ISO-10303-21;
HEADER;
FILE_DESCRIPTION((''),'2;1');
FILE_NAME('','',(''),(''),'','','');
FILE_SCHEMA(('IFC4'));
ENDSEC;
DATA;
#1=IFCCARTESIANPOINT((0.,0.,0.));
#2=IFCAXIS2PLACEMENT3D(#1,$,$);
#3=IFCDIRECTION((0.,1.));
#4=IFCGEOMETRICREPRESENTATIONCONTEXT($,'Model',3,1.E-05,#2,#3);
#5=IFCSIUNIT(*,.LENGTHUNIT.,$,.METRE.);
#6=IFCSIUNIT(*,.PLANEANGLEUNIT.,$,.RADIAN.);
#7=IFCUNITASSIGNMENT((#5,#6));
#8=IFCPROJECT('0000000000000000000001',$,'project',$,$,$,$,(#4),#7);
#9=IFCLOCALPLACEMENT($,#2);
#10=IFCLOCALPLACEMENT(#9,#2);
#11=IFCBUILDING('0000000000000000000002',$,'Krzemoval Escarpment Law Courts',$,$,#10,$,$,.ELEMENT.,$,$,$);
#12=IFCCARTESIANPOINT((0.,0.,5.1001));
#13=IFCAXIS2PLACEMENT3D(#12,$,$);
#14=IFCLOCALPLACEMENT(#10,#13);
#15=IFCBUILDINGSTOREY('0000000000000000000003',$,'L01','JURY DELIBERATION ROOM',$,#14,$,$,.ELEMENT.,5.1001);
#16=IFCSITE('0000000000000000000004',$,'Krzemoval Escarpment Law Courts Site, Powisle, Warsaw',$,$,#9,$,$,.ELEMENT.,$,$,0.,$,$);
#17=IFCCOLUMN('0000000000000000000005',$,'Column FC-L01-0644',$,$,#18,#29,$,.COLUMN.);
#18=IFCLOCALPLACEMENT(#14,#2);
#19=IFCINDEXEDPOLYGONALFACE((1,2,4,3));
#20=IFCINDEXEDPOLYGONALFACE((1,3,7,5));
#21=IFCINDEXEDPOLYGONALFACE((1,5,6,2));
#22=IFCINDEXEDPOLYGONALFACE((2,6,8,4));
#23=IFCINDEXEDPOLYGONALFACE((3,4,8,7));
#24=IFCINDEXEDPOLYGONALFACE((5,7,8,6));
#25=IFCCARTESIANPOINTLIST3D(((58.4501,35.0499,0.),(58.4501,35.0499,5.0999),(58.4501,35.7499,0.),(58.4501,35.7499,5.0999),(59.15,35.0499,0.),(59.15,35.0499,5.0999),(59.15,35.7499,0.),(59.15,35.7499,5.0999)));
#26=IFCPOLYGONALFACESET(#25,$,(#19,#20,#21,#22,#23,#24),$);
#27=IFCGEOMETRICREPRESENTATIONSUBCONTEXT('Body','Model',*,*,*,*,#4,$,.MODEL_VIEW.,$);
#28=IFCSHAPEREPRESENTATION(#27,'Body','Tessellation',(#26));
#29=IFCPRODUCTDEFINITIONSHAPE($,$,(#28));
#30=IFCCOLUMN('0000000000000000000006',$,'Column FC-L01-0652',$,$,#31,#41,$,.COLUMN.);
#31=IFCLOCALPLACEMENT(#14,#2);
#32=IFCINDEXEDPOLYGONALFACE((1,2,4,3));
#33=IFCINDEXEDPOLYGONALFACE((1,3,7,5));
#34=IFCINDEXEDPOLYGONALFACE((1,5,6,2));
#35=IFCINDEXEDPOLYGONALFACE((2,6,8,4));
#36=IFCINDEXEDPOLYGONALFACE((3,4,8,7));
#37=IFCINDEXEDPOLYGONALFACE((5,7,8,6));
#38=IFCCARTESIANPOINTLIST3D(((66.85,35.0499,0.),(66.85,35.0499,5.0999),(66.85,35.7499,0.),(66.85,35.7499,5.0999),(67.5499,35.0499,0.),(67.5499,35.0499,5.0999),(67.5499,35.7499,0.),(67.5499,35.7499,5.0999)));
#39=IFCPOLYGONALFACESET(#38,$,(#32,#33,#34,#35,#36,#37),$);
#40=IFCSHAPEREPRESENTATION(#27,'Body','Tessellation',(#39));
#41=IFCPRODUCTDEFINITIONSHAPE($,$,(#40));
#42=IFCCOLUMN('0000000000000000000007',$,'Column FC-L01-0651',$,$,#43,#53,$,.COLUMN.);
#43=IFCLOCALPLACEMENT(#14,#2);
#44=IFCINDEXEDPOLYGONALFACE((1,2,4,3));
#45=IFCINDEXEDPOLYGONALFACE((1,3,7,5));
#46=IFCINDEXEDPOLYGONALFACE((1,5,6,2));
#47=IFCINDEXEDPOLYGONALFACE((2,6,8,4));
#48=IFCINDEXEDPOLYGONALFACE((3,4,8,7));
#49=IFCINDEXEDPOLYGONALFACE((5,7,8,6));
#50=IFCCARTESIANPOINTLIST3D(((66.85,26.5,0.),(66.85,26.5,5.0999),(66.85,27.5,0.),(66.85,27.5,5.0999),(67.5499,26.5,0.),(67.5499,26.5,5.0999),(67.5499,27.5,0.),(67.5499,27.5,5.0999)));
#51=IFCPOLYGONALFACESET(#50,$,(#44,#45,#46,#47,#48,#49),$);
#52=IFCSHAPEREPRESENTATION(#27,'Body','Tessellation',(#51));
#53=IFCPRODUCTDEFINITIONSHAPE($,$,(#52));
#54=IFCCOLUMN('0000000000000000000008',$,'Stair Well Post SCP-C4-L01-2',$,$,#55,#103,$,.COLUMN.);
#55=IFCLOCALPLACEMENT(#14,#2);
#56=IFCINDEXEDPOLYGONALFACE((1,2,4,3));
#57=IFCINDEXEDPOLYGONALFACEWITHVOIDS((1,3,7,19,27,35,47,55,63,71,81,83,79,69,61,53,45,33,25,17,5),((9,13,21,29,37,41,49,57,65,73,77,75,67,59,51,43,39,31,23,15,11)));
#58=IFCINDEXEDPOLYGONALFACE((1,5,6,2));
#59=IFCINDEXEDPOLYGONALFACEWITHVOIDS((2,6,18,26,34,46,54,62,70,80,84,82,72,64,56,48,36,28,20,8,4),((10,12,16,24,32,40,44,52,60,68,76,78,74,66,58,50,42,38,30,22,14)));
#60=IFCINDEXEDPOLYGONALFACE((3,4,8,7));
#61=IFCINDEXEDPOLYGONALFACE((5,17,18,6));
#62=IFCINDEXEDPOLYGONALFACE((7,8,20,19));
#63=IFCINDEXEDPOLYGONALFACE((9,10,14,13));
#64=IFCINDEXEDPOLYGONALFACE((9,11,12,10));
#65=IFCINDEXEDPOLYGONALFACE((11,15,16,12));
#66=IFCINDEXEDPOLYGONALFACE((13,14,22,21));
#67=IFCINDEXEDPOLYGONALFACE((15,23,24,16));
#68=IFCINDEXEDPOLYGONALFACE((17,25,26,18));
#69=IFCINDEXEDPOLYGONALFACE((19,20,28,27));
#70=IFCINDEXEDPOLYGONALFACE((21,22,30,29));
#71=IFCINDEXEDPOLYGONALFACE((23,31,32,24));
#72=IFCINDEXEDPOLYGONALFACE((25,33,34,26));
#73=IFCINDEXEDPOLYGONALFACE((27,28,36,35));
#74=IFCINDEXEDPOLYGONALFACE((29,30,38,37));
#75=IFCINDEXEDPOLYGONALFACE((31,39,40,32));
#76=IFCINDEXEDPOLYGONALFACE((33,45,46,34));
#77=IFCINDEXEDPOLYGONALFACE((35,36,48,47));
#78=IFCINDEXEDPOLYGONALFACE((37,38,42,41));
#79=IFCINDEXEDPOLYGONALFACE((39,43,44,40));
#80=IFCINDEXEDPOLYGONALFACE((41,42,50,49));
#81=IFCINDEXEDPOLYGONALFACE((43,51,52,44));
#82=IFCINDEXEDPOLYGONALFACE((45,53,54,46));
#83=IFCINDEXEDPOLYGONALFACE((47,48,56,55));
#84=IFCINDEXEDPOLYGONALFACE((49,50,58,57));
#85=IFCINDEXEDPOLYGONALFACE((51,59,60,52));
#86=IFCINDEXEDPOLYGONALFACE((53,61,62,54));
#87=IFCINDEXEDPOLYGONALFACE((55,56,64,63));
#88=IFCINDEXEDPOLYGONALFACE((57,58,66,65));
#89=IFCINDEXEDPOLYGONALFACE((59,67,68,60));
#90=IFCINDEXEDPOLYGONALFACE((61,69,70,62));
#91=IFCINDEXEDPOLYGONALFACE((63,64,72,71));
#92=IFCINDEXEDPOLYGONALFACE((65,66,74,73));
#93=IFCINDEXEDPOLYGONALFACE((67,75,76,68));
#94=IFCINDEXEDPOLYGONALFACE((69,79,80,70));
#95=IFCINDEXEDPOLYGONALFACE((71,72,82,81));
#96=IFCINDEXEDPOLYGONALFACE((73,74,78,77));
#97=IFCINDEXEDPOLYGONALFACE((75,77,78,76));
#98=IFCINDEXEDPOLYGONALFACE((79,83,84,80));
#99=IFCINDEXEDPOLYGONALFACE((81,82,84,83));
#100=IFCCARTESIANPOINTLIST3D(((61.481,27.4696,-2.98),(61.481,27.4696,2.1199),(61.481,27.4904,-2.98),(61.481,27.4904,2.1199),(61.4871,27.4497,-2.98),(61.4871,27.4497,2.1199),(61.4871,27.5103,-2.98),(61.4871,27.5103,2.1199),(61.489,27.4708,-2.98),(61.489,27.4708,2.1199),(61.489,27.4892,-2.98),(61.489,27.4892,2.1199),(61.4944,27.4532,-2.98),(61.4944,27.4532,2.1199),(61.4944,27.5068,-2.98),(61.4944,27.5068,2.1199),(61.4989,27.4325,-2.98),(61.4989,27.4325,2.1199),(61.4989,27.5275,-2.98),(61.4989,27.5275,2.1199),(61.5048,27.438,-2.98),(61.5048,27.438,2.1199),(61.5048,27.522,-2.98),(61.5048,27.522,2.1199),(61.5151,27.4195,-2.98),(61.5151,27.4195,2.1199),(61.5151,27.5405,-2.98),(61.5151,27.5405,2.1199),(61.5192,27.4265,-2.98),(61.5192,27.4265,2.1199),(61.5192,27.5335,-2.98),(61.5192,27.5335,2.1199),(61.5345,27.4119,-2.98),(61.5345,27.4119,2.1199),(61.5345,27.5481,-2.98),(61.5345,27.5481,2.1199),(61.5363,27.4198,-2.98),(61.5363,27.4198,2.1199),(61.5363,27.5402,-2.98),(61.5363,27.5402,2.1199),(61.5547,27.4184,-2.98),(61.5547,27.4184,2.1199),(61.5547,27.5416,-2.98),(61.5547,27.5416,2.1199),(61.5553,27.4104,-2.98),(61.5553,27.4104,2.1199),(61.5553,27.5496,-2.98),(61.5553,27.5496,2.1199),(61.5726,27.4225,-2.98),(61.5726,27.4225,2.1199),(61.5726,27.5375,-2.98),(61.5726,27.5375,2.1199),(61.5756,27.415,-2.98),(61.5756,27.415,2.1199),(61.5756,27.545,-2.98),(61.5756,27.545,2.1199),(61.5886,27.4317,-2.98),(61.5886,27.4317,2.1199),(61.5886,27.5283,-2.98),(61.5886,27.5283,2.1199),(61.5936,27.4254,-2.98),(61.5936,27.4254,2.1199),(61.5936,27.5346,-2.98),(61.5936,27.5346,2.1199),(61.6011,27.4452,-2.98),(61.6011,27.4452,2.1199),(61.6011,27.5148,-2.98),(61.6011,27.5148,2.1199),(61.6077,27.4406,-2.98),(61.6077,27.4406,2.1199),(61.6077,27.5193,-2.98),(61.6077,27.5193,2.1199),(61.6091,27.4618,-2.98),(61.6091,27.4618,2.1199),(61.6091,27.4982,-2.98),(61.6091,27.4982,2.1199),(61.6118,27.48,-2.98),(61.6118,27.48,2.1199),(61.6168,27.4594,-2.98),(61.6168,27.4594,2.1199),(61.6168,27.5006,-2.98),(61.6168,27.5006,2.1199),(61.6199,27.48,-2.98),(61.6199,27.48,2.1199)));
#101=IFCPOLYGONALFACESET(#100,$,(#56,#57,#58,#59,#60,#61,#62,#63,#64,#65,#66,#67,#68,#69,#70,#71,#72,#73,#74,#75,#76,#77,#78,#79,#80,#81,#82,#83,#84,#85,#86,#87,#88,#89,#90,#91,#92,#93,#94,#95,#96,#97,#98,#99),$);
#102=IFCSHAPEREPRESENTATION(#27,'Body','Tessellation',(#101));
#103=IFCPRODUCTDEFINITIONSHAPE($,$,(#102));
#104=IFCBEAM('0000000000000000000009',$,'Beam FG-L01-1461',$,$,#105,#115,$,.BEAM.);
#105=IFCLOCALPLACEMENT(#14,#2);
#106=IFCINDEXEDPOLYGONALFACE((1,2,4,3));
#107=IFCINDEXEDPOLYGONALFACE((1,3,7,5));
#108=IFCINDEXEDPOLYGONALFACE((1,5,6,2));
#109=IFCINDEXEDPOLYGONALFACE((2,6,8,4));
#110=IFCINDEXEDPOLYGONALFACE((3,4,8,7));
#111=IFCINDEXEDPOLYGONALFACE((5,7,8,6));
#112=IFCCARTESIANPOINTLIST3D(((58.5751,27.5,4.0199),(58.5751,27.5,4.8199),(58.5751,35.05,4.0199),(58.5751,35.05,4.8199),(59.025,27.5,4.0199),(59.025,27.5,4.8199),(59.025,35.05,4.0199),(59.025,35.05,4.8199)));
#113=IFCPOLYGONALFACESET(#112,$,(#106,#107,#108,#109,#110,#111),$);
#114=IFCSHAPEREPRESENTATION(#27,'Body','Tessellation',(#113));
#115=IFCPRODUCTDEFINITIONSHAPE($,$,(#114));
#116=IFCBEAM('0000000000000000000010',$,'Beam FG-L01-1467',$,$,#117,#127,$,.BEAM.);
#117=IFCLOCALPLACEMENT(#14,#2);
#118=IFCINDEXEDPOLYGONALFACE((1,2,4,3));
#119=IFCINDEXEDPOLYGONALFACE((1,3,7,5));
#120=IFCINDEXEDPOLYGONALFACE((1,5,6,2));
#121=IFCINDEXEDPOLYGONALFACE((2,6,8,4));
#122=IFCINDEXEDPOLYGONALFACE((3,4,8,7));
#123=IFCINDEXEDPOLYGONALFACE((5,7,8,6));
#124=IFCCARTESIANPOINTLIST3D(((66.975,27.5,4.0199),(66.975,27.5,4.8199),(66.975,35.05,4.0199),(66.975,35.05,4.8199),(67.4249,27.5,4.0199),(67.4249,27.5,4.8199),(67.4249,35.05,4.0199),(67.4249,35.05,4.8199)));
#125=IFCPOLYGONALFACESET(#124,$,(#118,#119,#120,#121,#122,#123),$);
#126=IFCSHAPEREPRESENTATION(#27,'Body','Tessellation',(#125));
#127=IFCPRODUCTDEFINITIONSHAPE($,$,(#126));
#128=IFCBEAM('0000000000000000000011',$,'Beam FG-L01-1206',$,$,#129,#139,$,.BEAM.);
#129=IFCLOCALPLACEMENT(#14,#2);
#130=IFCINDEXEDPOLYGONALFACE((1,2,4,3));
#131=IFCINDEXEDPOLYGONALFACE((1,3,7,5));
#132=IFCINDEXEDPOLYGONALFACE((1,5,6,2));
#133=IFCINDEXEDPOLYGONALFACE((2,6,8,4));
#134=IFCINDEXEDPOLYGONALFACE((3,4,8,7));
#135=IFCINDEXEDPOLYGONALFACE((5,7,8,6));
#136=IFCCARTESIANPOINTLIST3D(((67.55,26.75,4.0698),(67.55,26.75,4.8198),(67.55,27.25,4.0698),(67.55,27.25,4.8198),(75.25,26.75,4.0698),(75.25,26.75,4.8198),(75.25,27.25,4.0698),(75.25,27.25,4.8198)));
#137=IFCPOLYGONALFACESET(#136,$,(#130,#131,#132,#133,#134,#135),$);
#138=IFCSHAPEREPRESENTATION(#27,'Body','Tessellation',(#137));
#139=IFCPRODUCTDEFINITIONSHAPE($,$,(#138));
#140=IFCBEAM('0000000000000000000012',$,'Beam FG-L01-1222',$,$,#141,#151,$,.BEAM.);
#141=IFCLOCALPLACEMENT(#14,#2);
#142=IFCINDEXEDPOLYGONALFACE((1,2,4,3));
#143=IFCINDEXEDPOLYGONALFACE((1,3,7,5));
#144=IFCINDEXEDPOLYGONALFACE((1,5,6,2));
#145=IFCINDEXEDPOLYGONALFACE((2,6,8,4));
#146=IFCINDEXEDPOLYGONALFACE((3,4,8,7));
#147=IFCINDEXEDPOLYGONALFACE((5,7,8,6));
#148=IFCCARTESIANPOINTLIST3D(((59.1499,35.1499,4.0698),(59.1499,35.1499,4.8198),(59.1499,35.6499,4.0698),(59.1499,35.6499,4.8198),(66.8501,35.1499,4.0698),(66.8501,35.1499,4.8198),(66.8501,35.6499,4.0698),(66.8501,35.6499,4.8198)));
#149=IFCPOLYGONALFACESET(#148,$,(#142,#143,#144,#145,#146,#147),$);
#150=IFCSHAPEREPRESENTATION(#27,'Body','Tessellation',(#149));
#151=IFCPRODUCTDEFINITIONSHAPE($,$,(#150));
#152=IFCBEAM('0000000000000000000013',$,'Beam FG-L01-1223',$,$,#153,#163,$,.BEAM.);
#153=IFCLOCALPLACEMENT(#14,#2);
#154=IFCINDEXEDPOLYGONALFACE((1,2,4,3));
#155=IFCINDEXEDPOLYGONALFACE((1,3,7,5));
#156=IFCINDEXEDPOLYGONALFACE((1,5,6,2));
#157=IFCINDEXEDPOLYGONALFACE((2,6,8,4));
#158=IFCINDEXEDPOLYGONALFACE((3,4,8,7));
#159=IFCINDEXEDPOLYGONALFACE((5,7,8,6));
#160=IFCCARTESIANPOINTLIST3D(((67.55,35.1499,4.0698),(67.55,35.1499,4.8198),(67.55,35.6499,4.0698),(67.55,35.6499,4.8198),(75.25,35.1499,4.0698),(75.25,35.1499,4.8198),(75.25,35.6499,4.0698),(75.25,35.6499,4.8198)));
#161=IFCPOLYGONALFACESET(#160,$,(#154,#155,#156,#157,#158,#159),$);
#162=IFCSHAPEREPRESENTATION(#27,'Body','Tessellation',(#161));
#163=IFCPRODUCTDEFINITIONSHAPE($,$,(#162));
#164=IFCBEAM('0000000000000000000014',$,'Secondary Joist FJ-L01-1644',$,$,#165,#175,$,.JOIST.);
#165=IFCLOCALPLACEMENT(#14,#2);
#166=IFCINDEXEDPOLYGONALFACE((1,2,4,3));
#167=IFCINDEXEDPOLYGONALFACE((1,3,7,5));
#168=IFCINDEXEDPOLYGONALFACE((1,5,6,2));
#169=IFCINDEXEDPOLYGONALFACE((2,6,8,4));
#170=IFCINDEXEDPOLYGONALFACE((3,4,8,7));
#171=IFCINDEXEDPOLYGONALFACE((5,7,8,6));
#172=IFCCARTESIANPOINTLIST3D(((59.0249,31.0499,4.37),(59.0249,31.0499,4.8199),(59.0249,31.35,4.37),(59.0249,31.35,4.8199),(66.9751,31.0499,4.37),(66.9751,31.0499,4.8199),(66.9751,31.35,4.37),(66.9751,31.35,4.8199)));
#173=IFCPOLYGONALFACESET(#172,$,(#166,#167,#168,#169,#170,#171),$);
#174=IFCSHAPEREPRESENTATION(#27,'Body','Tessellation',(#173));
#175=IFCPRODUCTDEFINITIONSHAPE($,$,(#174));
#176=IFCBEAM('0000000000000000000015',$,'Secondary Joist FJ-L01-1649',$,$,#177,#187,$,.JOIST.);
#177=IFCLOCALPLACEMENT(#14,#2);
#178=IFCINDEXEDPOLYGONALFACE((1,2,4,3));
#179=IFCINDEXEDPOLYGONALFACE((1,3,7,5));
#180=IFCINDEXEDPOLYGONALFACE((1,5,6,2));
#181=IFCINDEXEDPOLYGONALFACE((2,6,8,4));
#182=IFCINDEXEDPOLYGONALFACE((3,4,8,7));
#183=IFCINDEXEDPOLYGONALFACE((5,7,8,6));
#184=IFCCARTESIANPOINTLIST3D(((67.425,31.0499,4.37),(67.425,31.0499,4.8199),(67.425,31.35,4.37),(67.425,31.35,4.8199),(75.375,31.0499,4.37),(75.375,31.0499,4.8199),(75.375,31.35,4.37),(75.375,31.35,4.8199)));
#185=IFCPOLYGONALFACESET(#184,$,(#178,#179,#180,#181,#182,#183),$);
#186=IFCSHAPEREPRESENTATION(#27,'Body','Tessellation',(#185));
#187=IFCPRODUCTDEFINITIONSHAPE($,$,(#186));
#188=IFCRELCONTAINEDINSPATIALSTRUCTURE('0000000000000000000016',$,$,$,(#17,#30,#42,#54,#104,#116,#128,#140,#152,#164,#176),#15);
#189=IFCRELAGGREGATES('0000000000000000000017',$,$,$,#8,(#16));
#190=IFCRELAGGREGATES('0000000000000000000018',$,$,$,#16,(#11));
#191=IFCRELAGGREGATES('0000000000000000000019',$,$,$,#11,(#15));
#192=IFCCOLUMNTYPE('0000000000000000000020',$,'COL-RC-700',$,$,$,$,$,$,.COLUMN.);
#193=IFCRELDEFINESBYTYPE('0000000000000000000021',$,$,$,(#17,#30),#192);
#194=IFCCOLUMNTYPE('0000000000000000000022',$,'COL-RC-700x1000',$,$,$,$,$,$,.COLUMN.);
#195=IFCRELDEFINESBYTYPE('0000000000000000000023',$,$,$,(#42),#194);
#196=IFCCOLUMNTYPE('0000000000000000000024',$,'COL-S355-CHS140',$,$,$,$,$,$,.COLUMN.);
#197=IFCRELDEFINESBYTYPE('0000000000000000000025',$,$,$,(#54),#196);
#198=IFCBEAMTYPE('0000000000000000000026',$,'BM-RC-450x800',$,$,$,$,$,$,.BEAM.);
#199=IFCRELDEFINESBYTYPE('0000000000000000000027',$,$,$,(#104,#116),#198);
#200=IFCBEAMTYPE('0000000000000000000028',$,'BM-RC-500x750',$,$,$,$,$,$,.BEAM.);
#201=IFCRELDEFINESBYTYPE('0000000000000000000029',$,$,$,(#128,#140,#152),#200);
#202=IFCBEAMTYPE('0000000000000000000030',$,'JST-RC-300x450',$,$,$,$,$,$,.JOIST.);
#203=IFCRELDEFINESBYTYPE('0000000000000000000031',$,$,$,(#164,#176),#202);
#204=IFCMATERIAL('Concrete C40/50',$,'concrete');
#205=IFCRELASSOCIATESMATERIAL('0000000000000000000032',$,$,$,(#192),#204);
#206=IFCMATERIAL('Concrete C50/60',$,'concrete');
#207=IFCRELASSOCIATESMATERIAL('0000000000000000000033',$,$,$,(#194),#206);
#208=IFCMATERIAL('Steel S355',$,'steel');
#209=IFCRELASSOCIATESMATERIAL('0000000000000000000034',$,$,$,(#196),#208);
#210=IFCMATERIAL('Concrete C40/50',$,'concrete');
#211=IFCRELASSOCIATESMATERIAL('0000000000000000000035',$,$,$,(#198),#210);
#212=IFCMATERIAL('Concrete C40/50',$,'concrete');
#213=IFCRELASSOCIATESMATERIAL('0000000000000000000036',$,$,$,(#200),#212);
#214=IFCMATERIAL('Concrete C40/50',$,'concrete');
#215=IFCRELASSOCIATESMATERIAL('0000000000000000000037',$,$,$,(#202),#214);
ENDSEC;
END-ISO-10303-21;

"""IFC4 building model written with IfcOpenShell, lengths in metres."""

from ifc_helpers import new_model, si_unit, direction, frame, origin, origin_2d, place, context, subcontext, project, spatial, rectangle, hollow_circle, extrude, material, material_profile, profile_set, type_object, element, save


model = new_model("IFC4")

# Units and contexts
model_context = context("Model", 3, precision=1e-05, world=origin(), true_north=direction((0.0, 1.0)))
body_context = subcontext(model_context, "Body", "Model", "MODEL_VIEW")
ifc_project = project(units=[si_unit("LENGTHUNIT", "METRE"), si_unit("PLANEANGLEUNIT", "RADIAN")], contexts=[model_context])

# Site, building, storey
site_placement = place(None, origin())
site = spatial("IfcSite", under=ifc_project, at=site_placement, Name="Krzemoval Escarpment Law Courts Site, Powisle, Warsaw", CompositionType="ELEMENT", RefElevation=0.0)
building_placement = place(site_placement, origin())
building = spatial("IfcBuilding", under=site, at=building_placement, Name="Krzemoval Escarpment Law Courts", CompositionType="ELEMENT")
storey_placement = place(building_placement, frame((0.0, 0.0, 5.1001)))
storey = spatial("IfcBuildingStorey", under=building, at=storey_placement, Name="L01", Description="JURY DELIBERATION ROOM", CompositionType="ELEMENT", Elevation=5.1001)

# Columns
ifc_material_1 = material(Name="Concrete C40/50", Category="concrete")
ifc_material_profile_1 = material_profile(ifc_material_1, rectangle(XDim=0.7, YDim=0.7, at=origin_2d()), Name="RC 700x700")
ifc_profile_set_1 = profile_set([ifc_material_profile_1], Name="Concrete C40/50")
column_type_1 = type_object("IfcColumnType", Name="COL-RC-700", PredefinedType="COLUMN", material=ifc_profile_set_1)
for number, where, z_axis, x_axis, name in (
    (1, (58.8, 35.3999, 0.0), (0.0, 0.0, 1.0), (1.0, 0.0, 0.0), "Column FC-L01-0644"),
    (2, (67.2, 35.3999, 0.0), (0.0, 0.0, 1.0), (1.0, 0.0, 0.0), "Column FC-L01-0652"),
):
    element("IfcColumn", number, at=place(storey_placement, frame(where, z_axis=z_axis, x_axis=x_axis)), inside=storey, type_object=column_type_1, Name=name, PredefinedType="COLUMN", context=body_context, shape_type="SweptSolid", body=[
        extrude(rectangle(XDim=0.7, YDim=0.7, at=origin_2d()), origin(), (0.0, 0.0, 1.0), 5.0999),
    ])
ifc_material_2 = material(Name="Concrete C50/60", Category="concrete")
ifc_material_profile_2 = material_profile(ifc_material_2, rectangle(XDim=0.7, YDim=1.0, at=origin_2d()), Name="RC 700x1000")
ifc_profile_set_2 = profile_set([ifc_material_profile_2], Name="Concrete C50/60")
column_type_2 = type_object("IfcColumnType", Name="COL-RC-700x1000", PredefinedType="COLUMN", material=ifc_profile_set_2)
column_1_placement = place(storey_placement, frame((67.2, 27.0, 0.0), z_axis=(0.0, 0.0, 1.0), x_axis=(1.0, 0.0, 0.0)))
element("IfcColumn", 3, at=column_1_placement, inside=storey, type_object=column_type_2, Name="Column FC-L01-0651", PredefinedType="COLUMN", context=body_context, shape_type="SweptSolid", body=[
    extrude(rectangle(XDim=0.7, YDim=1.0, at=origin_2d()), origin(), (0.0, 0.0, 1.0), 5.0999),
])
ifc_material_3 = material(Name="Steel S355", Category="steel")
ifc_material_profile_3 = material_profile(ifc_material_3, hollow_circle(Radius=0.0698, WallThickness=0.0081, at=origin_2d()), Name="CHS 139.7x8")
ifc_profile_set_3 = profile_set([ifc_material_profile_3], Name="Steel S355")
column_type_3 = type_object("IfcColumnType", Name="COL-S355-CHS140", PredefinedType="COLUMN", material=ifc_profile_set_3)
column_2_placement = place(storey_placement, frame((61.55, 27.48, -2.98), z_axis=(0.0, 0.0, 1.0), x_axis=(1.0, 0.0, 0.0)))
element("IfcColumn", 4, at=column_2_placement, inside=storey, type_object=column_type_3, Name="Stair Well Post SCP-C4-L01-2", PredefinedType="COLUMN", context=body_context, shape_type="SweptSolid", body=[
    extrude(hollow_circle(Radius=0.0698, WallThickness=0.0081, at=origin_2d()), origin(), (0.0, 0.0, 1.0), 5.0999),
])

# Beams
ifc_material_4 = material(Name="Concrete C40/50", Category="concrete")
ifc_material_profile_4 = material_profile(ifc_material_4, rectangle(XDim=0.45, YDim=0.8, at=origin_2d()), Name="RCB 450x800")
ifc_profile_set_4 = profile_set([ifc_material_profile_4], Name="Concrete C40/50")
beam_type_1 = type_object("IfcBeamType", Name="BM-RC-450x800", PredefinedType="BEAM", material=ifc_profile_set_4)
for number, where, z_axis, x_axis, name in (
    (5, (58.8, 27.5, 4.4199), (0.0, 1.0, 0.0), (-1.0, 0.0, 0.0), "Beam FG-L01-1461"),
    (6, (67.2, 27.5, 4.4199), (0.0, 1.0, 0.0), (-1.0, 0.0, 0.0), "Beam FG-L01-1467"),
):
    element("IfcBeam", number, at=place(storey_placement, frame(where, z_axis=z_axis, x_axis=x_axis)), inside=storey, type_object=beam_type_1, Name=name, PredefinedType="BEAM", context=body_context, shape_type="SweptSolid", body=[
        extrude(rectangle(XDim=0.45, YDim=0.8, at=origin_2d()), origin(), (0.0, 0.0, 1.0), 7.55),
    ])
ifc_material_5 = material(Name="Concrete C40/50", Category="concrete")
ifc_material_profile_5 = material_profile(ifc_material_5, rectangle(XDim=0.5, YDim=0.75, at=origin_2d()), Name="RCB 500x750")
ifc_profile_set_5 = profile_set([ifc_material_profile_5], Name="Concrete C40/50")
beam_type_2 = type_object("IfcBeamType", Name="BM-RC-500x750", PredefinedType="BEAM", material=ifc_profile_set_5)
beam_1_placement = place(storey_placement, frame((67.55, 27.0, 4.4448), z_axis=(1.0, 0.0, 0.0), x_axis=(0.0, 1.0, 0.0)))
element("IfcBeam", 7, at=beam_1_placement, inside=storey, type_object=beam_type_2, Name="Beam FG-L01-1206", PredefinedType="BEAM", context=body_context, shape_type="SweptSolid", body=[
    extrude(rectangle(XDim=0.5, YDim=0.75, at=origin_2d()), origin(), (0.0, 0.0, 1.0), 7.7),
])
beam_2_placement = place(storey_placement, frame((59.1499, 35.3999, 4.4448), z_axis=(1.0, 0.0, 0.0), x_axis=(0.0, 1.0, 0.0)))
element("IfcBeam", 8, at=beam_2_placement, inside=storey, type_object=beam_type_2, Name="Beam FG-L01-1222", PredefinedType="BEAM", context=body_context, shape_type="SweptSolid", body=[
    extrude(rectangle(XDim=0.5, YDim=0.75, at=origin_2d()), origin(), (0.0, 0.0, 1.0), 7.7002),
])
beam_3_placement = place(storey_placement, frame((67.55, 35.3999, 4.4448), z_axis=(1.0, 0.0, 0.0), x_axis=(0.0, 1.0, 0.0)))
element("IfcBeam", 9, at=beam_3_placement, inside=storey, type_object=beam_type_2, Name="Beam FG-L01-1223", PredefinedType="BEAM", context=body_context, shape_type="SweptSolid", body=[
    extrude(rectangle(XDim=0.5, YDim=0.75, at=origin_2d()), origin(), (0.0, 0.0, 1.0), 7.7),
])
ifc_material_6 = material(Name="Concrete C40/50", Category="concrete")
ifc_material_profile_6 = material_profile(ifc_material_6, rectangle(XDim=0.3, YDim=0.45, at=origin_2d()), Name="RCB 300x450")
ifc_profile_set_6 = profile_set([ifc_material_profile_6], Name="Concrete C40/50")
beam_type_3 = type_object("IfcBeamType", Name="JST-RC-300x450", PredefinedType="JOIST", material=ifc_profile_set_6)
beam_4_placement = place(storey_placement, frame((59.0249, 31.2, 4.595), z_axis=(1.0, 0.0, 0.0), x_axis=(0.0, 1.0, 0.0)))
element("IfcBeam", 10, at=beam_4_placement, inside=storey, type_object=beam_type_3, Name="Secondary Joist FJ-L01-1644", PredefinedType="JOIST", context=body_context, shape_type="SweptSolid", body=[
    extrude(rectangle(XDim=0.3, YDim=0.45, at=origin_2d()), origin(), (0.0, 0.0, 1.0), 7.9502),
])
beam_5_placement = place(storey_placement, frame((67.425, 31.2, 4.595), z_axis=(1.0, 0.0, 0.0), x_axis=(0.0, 1.0, 0.0)))
element("IfcBeam", 11, at=beam_5_placement, inside=storey, type_object=beam_type_3, Name="Secondary Joist FJ-L01-1649", PredefinedType="JOIST", context=body_context, shape_type="SweptSolid", body=[
    extrude(rectangle(XDim=0.3, YDim=0.45, at=origin_2d()), origin(), (0.0, 0.0, 1.0), 7.95),
])

save(model, "model.ifc")
